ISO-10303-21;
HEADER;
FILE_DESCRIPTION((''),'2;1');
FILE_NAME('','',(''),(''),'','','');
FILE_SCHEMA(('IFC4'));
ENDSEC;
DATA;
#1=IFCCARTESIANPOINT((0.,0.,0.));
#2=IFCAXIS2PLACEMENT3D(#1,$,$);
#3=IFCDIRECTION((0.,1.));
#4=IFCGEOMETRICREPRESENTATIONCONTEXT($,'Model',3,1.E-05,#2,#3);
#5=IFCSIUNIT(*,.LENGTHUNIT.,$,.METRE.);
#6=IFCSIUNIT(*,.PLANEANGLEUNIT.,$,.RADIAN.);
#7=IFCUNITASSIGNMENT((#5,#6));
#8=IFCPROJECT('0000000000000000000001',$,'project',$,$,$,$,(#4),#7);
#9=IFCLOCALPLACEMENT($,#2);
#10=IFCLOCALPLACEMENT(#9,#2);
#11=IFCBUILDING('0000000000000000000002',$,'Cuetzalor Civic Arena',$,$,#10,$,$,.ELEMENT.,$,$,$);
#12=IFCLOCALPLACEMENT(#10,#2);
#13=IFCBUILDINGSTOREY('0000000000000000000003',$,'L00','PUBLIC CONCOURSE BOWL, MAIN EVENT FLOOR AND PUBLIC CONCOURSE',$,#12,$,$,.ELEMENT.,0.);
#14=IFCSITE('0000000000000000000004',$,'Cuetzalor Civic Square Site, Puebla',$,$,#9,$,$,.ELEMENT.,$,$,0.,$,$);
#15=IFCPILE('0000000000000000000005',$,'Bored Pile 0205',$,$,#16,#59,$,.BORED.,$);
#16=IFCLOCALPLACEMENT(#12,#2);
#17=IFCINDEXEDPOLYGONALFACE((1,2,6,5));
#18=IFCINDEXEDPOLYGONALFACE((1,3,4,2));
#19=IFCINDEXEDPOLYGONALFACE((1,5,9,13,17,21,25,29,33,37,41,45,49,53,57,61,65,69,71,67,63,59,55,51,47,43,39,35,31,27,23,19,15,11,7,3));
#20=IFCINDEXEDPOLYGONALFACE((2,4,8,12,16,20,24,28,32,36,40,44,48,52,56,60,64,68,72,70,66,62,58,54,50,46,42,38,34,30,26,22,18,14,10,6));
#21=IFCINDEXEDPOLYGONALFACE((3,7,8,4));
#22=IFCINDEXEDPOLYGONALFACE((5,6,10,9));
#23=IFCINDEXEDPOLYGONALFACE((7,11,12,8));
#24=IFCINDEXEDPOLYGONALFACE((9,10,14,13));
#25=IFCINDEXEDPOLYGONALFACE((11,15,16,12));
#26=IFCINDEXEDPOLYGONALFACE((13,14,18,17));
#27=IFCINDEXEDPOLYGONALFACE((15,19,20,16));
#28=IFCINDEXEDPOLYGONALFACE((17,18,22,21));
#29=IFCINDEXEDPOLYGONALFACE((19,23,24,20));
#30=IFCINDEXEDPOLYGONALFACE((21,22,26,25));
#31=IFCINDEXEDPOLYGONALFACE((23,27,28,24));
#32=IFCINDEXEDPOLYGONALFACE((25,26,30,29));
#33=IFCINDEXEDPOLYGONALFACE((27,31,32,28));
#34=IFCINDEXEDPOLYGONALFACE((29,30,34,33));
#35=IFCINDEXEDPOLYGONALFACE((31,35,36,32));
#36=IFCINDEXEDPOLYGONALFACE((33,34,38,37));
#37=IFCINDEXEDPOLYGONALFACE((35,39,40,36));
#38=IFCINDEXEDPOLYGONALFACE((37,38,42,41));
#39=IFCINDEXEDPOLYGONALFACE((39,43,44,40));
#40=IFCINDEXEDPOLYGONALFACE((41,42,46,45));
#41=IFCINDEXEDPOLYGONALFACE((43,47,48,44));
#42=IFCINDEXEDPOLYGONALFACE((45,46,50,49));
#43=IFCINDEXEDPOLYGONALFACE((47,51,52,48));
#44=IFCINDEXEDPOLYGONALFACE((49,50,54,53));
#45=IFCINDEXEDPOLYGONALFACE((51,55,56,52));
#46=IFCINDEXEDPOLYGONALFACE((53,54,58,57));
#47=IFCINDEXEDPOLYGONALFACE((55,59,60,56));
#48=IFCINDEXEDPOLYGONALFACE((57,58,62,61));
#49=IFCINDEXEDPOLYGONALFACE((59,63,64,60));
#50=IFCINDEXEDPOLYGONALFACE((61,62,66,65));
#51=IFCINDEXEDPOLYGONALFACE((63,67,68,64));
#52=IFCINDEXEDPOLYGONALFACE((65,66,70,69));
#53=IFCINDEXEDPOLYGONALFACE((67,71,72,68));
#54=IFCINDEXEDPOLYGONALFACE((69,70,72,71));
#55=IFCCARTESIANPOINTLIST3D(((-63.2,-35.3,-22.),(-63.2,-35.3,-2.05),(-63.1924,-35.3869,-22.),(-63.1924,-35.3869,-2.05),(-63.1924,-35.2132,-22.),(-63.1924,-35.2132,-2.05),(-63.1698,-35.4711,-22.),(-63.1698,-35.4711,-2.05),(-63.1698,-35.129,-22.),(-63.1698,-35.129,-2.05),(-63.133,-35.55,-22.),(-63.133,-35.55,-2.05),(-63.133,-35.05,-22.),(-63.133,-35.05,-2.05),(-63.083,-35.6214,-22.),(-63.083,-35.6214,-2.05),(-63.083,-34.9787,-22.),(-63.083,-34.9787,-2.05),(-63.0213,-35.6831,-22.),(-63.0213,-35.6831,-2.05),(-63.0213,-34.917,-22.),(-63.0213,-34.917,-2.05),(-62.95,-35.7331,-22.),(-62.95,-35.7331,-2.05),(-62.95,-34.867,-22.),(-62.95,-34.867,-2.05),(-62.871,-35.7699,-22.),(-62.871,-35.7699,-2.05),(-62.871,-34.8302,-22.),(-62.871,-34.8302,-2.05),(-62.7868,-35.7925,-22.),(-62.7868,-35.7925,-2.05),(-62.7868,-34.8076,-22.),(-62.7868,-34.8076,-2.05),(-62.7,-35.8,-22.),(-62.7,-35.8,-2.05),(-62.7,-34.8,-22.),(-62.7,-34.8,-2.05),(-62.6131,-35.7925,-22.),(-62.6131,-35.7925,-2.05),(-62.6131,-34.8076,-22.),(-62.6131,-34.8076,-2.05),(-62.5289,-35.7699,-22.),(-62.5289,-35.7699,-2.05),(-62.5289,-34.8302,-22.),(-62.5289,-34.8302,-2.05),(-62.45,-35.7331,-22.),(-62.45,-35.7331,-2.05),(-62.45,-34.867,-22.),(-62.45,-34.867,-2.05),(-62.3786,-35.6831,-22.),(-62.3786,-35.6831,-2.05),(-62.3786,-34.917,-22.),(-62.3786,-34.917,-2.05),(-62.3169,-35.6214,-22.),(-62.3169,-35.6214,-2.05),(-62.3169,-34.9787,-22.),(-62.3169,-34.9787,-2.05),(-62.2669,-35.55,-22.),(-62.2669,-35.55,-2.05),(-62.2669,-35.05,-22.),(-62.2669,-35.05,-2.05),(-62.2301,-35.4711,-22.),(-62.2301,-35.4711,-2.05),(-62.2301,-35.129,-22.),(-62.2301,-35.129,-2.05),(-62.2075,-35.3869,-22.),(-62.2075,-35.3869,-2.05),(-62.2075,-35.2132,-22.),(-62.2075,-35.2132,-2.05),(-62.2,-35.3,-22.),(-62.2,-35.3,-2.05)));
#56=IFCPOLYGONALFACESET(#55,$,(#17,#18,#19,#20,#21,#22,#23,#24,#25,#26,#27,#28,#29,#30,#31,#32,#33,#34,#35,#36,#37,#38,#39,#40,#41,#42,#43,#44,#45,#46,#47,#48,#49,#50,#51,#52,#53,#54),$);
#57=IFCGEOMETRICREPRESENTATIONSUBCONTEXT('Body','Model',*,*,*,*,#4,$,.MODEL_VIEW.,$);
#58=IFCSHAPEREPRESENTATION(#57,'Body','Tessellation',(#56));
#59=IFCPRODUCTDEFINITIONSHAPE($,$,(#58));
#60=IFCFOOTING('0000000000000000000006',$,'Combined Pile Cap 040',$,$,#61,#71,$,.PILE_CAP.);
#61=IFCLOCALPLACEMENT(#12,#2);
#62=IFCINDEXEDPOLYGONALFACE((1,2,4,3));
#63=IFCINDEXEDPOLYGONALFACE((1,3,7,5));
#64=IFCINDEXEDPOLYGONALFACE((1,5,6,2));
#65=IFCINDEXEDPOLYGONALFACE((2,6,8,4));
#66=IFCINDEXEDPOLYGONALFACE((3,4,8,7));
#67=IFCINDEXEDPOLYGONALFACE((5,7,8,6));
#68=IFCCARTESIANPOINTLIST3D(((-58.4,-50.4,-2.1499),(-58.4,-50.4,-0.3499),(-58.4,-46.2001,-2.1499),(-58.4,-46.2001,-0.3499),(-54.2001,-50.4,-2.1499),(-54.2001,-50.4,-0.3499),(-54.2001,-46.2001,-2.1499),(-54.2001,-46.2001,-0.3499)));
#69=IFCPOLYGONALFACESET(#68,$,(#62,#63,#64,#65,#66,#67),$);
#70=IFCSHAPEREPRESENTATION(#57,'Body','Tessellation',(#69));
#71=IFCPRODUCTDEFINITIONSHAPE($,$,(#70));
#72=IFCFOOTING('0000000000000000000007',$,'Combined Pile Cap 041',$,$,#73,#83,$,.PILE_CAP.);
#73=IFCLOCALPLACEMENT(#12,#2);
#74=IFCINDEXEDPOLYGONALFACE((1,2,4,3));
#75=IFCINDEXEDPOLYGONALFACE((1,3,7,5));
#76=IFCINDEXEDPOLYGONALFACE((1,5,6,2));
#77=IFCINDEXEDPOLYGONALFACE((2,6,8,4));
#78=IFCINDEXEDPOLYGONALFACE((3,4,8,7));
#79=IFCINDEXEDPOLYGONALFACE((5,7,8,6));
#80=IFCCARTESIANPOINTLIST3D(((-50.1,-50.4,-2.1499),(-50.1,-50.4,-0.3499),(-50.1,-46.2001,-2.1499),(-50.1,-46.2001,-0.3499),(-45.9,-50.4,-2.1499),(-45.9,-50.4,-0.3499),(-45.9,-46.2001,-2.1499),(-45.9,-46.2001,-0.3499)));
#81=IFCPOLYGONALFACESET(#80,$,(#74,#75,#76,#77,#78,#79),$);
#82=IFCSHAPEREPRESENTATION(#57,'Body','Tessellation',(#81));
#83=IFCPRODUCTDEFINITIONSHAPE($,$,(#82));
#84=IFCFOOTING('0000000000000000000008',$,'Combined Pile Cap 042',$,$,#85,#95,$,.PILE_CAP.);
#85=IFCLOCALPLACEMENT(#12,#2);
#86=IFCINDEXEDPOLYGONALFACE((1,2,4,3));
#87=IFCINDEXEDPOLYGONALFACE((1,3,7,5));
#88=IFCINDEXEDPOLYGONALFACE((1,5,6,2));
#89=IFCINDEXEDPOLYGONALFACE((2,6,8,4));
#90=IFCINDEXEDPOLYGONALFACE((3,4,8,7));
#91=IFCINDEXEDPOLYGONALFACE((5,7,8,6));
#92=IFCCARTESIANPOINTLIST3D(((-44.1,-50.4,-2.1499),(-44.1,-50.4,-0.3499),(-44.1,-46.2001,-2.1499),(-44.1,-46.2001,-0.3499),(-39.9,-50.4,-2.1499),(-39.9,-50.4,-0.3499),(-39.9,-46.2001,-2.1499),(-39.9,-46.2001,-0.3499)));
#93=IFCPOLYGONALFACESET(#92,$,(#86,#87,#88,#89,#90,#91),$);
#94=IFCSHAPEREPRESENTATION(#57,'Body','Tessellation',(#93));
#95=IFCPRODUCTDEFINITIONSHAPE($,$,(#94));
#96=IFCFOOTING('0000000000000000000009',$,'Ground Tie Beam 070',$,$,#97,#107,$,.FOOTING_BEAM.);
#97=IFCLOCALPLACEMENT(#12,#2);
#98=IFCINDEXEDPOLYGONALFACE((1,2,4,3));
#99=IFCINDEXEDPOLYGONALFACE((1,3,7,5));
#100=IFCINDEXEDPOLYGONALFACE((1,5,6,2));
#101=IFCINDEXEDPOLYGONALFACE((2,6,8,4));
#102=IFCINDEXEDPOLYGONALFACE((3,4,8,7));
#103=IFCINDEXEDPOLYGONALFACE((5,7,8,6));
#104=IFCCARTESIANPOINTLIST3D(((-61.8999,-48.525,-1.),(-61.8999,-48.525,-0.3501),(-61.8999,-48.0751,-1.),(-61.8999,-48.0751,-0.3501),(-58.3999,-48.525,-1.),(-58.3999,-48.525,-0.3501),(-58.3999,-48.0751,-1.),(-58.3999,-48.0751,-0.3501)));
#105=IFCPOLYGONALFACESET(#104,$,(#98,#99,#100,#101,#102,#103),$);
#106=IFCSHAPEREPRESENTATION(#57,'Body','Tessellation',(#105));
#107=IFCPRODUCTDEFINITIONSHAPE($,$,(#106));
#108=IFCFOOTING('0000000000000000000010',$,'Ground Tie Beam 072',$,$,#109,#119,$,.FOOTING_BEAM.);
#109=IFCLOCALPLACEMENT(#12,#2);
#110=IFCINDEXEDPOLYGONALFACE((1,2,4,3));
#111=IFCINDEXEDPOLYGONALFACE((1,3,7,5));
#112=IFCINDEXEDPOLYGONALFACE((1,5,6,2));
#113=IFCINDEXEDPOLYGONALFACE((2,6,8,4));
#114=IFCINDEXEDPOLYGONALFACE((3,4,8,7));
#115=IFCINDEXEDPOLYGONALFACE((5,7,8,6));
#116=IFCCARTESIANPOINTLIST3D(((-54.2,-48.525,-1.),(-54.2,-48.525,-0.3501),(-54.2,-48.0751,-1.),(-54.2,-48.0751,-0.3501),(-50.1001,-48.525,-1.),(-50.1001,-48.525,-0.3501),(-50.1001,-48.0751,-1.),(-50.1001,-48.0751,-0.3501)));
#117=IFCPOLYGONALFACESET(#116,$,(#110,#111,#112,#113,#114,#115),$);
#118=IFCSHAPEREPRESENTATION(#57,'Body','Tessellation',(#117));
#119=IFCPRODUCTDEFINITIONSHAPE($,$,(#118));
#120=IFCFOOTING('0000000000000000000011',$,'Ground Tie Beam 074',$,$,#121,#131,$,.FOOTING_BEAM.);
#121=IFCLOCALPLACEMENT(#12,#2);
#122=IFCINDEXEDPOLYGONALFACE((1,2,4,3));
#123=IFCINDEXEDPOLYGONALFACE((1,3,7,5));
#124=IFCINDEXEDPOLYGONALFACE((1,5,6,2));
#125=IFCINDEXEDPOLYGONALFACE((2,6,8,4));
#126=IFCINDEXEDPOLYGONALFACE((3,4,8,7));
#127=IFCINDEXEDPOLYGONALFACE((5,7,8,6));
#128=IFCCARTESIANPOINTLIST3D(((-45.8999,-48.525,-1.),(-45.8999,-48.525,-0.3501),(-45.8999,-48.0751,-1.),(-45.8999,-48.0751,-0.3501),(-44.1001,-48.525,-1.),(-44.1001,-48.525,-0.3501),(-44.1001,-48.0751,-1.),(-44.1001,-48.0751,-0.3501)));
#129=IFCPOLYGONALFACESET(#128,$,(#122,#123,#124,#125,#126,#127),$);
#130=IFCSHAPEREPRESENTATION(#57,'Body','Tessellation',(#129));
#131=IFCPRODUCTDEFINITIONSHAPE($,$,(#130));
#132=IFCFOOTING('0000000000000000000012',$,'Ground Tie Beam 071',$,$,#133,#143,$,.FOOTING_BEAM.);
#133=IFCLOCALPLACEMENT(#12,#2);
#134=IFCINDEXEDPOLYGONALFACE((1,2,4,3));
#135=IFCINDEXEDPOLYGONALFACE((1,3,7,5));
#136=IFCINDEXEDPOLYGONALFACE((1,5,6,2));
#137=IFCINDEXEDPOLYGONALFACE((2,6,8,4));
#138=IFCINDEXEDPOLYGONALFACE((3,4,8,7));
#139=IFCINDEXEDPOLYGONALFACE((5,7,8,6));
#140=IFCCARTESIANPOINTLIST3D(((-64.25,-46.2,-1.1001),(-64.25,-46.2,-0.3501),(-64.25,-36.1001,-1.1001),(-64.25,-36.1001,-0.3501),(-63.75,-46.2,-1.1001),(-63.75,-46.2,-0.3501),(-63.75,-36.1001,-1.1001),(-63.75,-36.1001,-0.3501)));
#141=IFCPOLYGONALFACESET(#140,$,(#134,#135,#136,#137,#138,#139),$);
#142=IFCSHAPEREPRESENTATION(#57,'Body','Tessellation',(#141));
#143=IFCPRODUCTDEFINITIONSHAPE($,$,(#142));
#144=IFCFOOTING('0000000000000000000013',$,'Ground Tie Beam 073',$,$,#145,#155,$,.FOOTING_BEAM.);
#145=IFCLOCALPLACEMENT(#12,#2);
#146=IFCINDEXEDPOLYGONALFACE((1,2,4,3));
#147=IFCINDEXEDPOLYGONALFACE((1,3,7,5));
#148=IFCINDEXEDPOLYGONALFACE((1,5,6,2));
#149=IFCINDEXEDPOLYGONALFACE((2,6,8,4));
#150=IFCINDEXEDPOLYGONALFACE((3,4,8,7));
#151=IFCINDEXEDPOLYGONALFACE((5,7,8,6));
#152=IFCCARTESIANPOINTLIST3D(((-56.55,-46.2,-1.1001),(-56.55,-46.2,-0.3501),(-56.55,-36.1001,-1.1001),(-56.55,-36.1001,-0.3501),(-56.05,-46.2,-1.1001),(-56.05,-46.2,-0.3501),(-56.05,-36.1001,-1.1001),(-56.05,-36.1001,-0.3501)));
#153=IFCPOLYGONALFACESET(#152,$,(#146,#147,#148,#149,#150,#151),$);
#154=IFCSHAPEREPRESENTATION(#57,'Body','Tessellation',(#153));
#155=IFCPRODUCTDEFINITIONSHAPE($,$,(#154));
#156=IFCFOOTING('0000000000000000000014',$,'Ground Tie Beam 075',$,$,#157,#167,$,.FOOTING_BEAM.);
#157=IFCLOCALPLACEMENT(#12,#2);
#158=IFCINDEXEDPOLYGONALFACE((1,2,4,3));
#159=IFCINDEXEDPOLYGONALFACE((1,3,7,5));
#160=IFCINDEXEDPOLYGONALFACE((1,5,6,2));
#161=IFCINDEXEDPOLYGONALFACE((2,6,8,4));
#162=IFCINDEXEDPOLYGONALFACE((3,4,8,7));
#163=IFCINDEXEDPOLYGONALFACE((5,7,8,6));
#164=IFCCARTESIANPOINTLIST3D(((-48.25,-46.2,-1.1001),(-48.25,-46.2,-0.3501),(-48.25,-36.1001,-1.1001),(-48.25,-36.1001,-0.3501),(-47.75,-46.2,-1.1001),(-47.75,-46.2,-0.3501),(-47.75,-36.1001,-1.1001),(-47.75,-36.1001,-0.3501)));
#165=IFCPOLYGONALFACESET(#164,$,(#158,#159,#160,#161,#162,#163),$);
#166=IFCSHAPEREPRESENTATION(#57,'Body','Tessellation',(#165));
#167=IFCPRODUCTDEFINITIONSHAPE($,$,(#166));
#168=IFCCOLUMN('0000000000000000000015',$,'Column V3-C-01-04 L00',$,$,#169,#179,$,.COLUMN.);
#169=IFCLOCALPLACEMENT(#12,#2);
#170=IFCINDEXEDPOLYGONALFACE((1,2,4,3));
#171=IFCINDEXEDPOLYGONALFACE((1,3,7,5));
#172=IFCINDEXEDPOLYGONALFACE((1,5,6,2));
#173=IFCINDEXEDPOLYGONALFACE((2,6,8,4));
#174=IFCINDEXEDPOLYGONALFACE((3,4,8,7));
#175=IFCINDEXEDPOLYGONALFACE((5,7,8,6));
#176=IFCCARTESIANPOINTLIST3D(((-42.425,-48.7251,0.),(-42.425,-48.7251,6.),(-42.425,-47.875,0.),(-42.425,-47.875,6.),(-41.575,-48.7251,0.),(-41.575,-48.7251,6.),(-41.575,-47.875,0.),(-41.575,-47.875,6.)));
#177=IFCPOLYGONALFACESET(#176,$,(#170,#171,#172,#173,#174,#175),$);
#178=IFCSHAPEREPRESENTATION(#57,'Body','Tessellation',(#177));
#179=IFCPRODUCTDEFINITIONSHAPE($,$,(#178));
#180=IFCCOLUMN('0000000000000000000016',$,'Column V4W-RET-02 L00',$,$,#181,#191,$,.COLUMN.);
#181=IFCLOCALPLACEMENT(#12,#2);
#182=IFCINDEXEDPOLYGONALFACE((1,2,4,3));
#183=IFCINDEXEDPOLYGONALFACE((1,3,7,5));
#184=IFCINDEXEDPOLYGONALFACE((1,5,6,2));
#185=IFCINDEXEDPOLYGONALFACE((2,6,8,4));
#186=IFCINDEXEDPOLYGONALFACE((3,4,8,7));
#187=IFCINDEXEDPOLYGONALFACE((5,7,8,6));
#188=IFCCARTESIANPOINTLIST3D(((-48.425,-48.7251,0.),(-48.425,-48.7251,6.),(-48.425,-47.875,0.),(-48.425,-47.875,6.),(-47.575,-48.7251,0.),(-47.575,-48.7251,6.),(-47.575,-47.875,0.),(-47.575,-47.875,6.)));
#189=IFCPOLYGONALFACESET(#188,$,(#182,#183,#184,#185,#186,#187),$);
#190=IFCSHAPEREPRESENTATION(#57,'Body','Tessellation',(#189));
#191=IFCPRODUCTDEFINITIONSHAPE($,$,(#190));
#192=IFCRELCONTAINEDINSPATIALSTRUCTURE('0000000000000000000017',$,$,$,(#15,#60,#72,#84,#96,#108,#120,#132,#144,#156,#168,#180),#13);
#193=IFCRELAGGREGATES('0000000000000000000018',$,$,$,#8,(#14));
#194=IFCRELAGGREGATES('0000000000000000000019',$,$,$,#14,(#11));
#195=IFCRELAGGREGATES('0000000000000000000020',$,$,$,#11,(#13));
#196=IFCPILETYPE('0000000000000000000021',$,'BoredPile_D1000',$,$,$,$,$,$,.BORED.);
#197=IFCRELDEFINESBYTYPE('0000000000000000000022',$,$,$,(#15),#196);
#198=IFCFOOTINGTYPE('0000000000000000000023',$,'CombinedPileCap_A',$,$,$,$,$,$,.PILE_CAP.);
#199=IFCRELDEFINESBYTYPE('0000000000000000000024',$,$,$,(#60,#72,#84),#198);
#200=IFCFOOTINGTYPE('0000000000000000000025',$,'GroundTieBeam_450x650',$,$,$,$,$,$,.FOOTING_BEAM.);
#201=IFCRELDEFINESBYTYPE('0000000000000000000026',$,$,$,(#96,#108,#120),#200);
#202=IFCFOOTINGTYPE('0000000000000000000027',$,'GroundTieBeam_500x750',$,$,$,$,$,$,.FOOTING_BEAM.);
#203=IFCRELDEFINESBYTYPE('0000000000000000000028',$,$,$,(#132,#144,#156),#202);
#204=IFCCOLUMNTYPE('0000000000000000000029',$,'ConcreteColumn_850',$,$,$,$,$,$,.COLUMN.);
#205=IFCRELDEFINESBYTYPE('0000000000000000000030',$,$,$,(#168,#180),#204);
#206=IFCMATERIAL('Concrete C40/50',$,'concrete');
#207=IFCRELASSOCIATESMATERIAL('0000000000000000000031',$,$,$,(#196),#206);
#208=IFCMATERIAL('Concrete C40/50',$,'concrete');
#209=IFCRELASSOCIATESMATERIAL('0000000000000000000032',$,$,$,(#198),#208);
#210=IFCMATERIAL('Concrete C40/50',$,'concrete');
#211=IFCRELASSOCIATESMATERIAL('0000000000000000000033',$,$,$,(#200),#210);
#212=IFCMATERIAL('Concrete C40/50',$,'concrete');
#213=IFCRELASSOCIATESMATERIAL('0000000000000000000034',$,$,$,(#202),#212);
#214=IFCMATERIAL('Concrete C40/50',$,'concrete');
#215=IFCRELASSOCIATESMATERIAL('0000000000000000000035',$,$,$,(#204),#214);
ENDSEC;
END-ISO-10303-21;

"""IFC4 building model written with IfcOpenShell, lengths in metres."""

from ifc_helpers import new_model, si_unit, direction, frame, origin, origin_2d, place, context, subcontext, project, spatial, rectangle, circle, extrude, material, material_profile, profile_set, type_object, element, save


model = new_model("IFC4")

# Units and contexts
model_context = context("Model", 3, precision=1e-05, world=origin(), true_north=direction((0.0, 1.0)))
body_context = subcontext(model_context, "Body", "Model", "MODEL_VIEW")
ifc_project = project(units=[si_unit("LENGTHUNIT", "METRE"), si_unit("PLANEANGLEUNIT", "RADIAN")], contexts=[model_context])

# Site, building, storey
site_placement = place(None, origin())
site = spatial("IfcSite", under=ifc_project, at=site_placement, Name="Cuetzalor Civic Square Site, Puebla", CompositionType="ELEMENT", RefElevation=0.0)
building_placement = place(site_placement, origin())
building = spatial("IfcBuilding", under=site, at=building_placement, Name="Cuetzalor Civic Arena", CompositionType="ELEMENT")
storey_placement = place(building_placement, origin())
storey = spatial("IfcBuildingStorey", under=building, at=storey_placement, Name="L00", Description="PUBLIC CONCOURSE BOWL, MAIN EVENT FLOOR AND PUBLIC CONCOURSE", CompositionType="ELEMENT", Elevation=0.0)

# Pile
ifc_material_1 = material(Name="Concrete C40/50", Category="concrete")
ifc_material_profile_1 = material_profile(ifc_material_1, circle(Radius=0.5, at=origin_2d()), Name="BORED PILE D1000")
ifc_profile_set_1 = profile_set([ifc_material_profile_1], Name="Concrete C40/50")
pile_type = type_object("IfcPileType", Name="BoredPile_D1000", PredefinedType="BORED", material=ifc_profile_set_1)
for number, where, z_axis, x_axis, name in (
    (1, (-62.7, -35.3, -2.05), (0.0, 0.0, -1.0), (1.0, 0.0, 0.0), "Bored Pile 0205"),
):
    element("IfcPile", number, at=place(storey_placement, frame(where, z_axis=z_axis, x_axis=x_axis)), inside=storey, type_object=pile_type, Name=name, PredefinedType="BORED", context=body_context, shape_type="SweptSolid", body=[
        extrude(circle(Radius=0.5, at=origin_2d()), origin(), (0.0, 0.0, 1.0), 19.95),
    ])

# Footings
ifc_material_2 = material(Name="Concrete C40/50", Category="concrete")
footing_type_1 = type_object("IfcFootingType", Name="CombinedPileCap_A", PredefinedType="PILE_CAP", material=ifc_material_2)
for number, where, z_axis, x_axis, name in (
    (2, (-56.3, -48.3, -2.1499), (0.0, 0.0, 1.0), (1.0, 0.0, 0.0), "Combined Pile Cap 040"),
    (3, (-48.0, -48.3, -2.1499), (0.0, 0.0, 1.0), (1.0, 0.0, 0.0), "Combined Pile Cap 041"),
    (4, (-42.0, -48.3, -2.1499), (0.0, 0.0, 1.0), (1.0, 0.0, 0.0), "Combined Pile Cap 042"),
):
    element("IfcFooting", number, at=place(storey_placement, frame(where, z_axis=z_axis, x_axis=x_axis)), inside=storey, type_object=footing_type_1, Name=name, PredefinedType="PILE_CAP", context=body_context, shape_type="SweptSolid", body=[
        extrude(rectangle(XDim=4.2, YDim=4.2, at=origin_2d()), origin(), (0.0, 0.0, 1.0), 1.8),
    ])
ifc_material_3 = material(Name="Concrete C40/50", Category="concrete")
ifc_material_profile_2 = material_profile(ifc_material_3, rectangle(XDim=0.45, YDim=0.6499, at=origin_2d()), Name="RC 450x650")
ifc_profile_set_2 = profile_set([ifc_material_profile_2], Name="Concrete C40/50")
footing_type_2 = type_object("IfcFootingType", Name="GroundTieBeam_450x650", PredefinedType="FOOTING_BEAM", material=ifc_profile_set_2)
footing_1_placement = place(storey_placement, frame((-61.8999, -48.3, -0.675), z_axis=(1.0, 0.0, 0.0), x_axis=(0.0, 1.0, 0.0)))
element("IfcFooting", 5, at=footing_1_placement, inside=storey, type_object=footing_type_2, Name="Ground Tie Beam 070", PredefinedType="FOOTING_BEAM", context=body_context, shape_type="SweptSolid", body=[
    extrude(rectangle(XDim=0.45, YDim=0.6499, at=origin_2d()), origin(), (0.0, 0.0, 1.0), 3.5),
])
footing_2_placement = place(storey_placement, frame((-54.2, -48.3, -0.675), z_axis=(1.0, 0.0, 0.0), x_axis=(0.0, 1.0, 0.0)))
element("IfcFooting", 6, at=footing_2_placement, inside=storey, type_object=footing_type_2, Name="Ground Tie Beam 072", PredefinedType="FOOTING_BEAM", context=body_context, shape_type="SweptSolid", body=[
    extrude(rectangle(XDim=0.45, YDim=0.6499, at=origin_2d()), origin(), (0.0, 0.0, 1.0), 4.0999),
])
footing_3_placement = place(storey_placement, frame((-45.8999, -48.3, -0.675), z_axis=(1.0, 0.0, 0.0), x_axis=(0.0, 1.0, 0.0)))
element("IfcFooting", 7, at=footing_3_placement, inside=storey, type_object=footing_type_2, Name="Ground Tie Beam 074", PredefinedType="FOOTING_BEAM", context=body_context, shape_type="SweptSolid", body=[
    extrude(rectangle(XDim=0.45, YDim=0.6499, at=origin_2d()), origin(), (0.0, 0.0, 1.0), 1.7998),
])
ifc_material_4 = material(Name="Concrete C40/50", Category="concrete")
ifc_material_profile_3 = material_profile(ifc_material_4, rectangle(XDim=0.5, YDim=0.75, at=origin_2d()), Name="RC 500x750")
ifc_profile_set_3 = profile_set([ifc_material_profile_3], Name="Concrete C40/50")
footing_type_3 = type_object("IfcFootingType", Name="GroundTieBeam_500x750", PredefinedType="FOOTING_BEAM", material=ifc_profile_set_3)
for number, where, z_axis, x_axis, name in (
    (8, (-64.0, -46.2, -0.7251), (0.0, 1.0, 0.0), (-1.0, 0.0, 0.0), "Ground Tie Beam 071"),
    (9, (-56.3, -46.2, -0.7251), (0.0, 1.0, 0.0), (-1.0, 0.0, 0.0), "Ground Tie Beam 073"),
    (10, (-48.0, -46.2, -0.7251), (0.0, 1.0, 0.0), (-1.0, 0.0, 0.0), "Ground Tie Beam 075"),
):
    element("IfcFooting", number, at=place(storey_placement, frame(where, z_axis=z_axis, x_axis=x_axis)), inside=storey, type_object=footing_type_3, Name=name, PredefinedType="FOOTING_BEAM", context=body_context, shape_type="SweptSolid", body=[
        extrude(rectangle(XDim=0.5, YDim=0.75, at=origin_2d()), origin(), (0.0, 0.0, 1.0), 10.0999),
    ])

# Columns
ifc_material_5 = material(Name="Concrete C40/50", Category="concrete")
ifc_material_profile_4 = material_profile(ifc_material_5, rectangle(XDim=0.8501, YDim=0.8501, at=origin_2d()), Name="RC 850x850")
ifc_profile_set_4 = profile_set([ifc_material_profile_4], Name="Concrete C40/50")
column_type_1 = type_object("IfcColumnType", Name="ConcreteColumn_850", PredefinedType="COLUMN", material=ifc_profile_set_4)
for number, where, z_axis, x_axis, name in (
    (11, (-42.0, -48.3, 0.0), (0.0, 0.0, 1.0), (1.0, 0.0, 0.0), "Column V3-C-01-04 L00"),
    (12, (-48.0, -48.3, 0.0), (0.0, 0.0, 1.0), (1.0, 0.0, 0.0), "Column V4W-RET-02 L00"),
):
    element("IfcColumn", number, at=place(storey_placement, frame(where, z_axis=z_axis, x_axis=x_axis)), inside=storey, type_object=column_type_1, Name=name, PredefinedType="COLUMN", context=body_context, shape_type="SweptSolid", body=[
        extrude(rectangle(XDim=0.8501, YDim=0.8501, at=origin_2d()), origin(), (0.0, 0.0, 1.0), 6.0),
    ])

save(model, "model.ifc")
